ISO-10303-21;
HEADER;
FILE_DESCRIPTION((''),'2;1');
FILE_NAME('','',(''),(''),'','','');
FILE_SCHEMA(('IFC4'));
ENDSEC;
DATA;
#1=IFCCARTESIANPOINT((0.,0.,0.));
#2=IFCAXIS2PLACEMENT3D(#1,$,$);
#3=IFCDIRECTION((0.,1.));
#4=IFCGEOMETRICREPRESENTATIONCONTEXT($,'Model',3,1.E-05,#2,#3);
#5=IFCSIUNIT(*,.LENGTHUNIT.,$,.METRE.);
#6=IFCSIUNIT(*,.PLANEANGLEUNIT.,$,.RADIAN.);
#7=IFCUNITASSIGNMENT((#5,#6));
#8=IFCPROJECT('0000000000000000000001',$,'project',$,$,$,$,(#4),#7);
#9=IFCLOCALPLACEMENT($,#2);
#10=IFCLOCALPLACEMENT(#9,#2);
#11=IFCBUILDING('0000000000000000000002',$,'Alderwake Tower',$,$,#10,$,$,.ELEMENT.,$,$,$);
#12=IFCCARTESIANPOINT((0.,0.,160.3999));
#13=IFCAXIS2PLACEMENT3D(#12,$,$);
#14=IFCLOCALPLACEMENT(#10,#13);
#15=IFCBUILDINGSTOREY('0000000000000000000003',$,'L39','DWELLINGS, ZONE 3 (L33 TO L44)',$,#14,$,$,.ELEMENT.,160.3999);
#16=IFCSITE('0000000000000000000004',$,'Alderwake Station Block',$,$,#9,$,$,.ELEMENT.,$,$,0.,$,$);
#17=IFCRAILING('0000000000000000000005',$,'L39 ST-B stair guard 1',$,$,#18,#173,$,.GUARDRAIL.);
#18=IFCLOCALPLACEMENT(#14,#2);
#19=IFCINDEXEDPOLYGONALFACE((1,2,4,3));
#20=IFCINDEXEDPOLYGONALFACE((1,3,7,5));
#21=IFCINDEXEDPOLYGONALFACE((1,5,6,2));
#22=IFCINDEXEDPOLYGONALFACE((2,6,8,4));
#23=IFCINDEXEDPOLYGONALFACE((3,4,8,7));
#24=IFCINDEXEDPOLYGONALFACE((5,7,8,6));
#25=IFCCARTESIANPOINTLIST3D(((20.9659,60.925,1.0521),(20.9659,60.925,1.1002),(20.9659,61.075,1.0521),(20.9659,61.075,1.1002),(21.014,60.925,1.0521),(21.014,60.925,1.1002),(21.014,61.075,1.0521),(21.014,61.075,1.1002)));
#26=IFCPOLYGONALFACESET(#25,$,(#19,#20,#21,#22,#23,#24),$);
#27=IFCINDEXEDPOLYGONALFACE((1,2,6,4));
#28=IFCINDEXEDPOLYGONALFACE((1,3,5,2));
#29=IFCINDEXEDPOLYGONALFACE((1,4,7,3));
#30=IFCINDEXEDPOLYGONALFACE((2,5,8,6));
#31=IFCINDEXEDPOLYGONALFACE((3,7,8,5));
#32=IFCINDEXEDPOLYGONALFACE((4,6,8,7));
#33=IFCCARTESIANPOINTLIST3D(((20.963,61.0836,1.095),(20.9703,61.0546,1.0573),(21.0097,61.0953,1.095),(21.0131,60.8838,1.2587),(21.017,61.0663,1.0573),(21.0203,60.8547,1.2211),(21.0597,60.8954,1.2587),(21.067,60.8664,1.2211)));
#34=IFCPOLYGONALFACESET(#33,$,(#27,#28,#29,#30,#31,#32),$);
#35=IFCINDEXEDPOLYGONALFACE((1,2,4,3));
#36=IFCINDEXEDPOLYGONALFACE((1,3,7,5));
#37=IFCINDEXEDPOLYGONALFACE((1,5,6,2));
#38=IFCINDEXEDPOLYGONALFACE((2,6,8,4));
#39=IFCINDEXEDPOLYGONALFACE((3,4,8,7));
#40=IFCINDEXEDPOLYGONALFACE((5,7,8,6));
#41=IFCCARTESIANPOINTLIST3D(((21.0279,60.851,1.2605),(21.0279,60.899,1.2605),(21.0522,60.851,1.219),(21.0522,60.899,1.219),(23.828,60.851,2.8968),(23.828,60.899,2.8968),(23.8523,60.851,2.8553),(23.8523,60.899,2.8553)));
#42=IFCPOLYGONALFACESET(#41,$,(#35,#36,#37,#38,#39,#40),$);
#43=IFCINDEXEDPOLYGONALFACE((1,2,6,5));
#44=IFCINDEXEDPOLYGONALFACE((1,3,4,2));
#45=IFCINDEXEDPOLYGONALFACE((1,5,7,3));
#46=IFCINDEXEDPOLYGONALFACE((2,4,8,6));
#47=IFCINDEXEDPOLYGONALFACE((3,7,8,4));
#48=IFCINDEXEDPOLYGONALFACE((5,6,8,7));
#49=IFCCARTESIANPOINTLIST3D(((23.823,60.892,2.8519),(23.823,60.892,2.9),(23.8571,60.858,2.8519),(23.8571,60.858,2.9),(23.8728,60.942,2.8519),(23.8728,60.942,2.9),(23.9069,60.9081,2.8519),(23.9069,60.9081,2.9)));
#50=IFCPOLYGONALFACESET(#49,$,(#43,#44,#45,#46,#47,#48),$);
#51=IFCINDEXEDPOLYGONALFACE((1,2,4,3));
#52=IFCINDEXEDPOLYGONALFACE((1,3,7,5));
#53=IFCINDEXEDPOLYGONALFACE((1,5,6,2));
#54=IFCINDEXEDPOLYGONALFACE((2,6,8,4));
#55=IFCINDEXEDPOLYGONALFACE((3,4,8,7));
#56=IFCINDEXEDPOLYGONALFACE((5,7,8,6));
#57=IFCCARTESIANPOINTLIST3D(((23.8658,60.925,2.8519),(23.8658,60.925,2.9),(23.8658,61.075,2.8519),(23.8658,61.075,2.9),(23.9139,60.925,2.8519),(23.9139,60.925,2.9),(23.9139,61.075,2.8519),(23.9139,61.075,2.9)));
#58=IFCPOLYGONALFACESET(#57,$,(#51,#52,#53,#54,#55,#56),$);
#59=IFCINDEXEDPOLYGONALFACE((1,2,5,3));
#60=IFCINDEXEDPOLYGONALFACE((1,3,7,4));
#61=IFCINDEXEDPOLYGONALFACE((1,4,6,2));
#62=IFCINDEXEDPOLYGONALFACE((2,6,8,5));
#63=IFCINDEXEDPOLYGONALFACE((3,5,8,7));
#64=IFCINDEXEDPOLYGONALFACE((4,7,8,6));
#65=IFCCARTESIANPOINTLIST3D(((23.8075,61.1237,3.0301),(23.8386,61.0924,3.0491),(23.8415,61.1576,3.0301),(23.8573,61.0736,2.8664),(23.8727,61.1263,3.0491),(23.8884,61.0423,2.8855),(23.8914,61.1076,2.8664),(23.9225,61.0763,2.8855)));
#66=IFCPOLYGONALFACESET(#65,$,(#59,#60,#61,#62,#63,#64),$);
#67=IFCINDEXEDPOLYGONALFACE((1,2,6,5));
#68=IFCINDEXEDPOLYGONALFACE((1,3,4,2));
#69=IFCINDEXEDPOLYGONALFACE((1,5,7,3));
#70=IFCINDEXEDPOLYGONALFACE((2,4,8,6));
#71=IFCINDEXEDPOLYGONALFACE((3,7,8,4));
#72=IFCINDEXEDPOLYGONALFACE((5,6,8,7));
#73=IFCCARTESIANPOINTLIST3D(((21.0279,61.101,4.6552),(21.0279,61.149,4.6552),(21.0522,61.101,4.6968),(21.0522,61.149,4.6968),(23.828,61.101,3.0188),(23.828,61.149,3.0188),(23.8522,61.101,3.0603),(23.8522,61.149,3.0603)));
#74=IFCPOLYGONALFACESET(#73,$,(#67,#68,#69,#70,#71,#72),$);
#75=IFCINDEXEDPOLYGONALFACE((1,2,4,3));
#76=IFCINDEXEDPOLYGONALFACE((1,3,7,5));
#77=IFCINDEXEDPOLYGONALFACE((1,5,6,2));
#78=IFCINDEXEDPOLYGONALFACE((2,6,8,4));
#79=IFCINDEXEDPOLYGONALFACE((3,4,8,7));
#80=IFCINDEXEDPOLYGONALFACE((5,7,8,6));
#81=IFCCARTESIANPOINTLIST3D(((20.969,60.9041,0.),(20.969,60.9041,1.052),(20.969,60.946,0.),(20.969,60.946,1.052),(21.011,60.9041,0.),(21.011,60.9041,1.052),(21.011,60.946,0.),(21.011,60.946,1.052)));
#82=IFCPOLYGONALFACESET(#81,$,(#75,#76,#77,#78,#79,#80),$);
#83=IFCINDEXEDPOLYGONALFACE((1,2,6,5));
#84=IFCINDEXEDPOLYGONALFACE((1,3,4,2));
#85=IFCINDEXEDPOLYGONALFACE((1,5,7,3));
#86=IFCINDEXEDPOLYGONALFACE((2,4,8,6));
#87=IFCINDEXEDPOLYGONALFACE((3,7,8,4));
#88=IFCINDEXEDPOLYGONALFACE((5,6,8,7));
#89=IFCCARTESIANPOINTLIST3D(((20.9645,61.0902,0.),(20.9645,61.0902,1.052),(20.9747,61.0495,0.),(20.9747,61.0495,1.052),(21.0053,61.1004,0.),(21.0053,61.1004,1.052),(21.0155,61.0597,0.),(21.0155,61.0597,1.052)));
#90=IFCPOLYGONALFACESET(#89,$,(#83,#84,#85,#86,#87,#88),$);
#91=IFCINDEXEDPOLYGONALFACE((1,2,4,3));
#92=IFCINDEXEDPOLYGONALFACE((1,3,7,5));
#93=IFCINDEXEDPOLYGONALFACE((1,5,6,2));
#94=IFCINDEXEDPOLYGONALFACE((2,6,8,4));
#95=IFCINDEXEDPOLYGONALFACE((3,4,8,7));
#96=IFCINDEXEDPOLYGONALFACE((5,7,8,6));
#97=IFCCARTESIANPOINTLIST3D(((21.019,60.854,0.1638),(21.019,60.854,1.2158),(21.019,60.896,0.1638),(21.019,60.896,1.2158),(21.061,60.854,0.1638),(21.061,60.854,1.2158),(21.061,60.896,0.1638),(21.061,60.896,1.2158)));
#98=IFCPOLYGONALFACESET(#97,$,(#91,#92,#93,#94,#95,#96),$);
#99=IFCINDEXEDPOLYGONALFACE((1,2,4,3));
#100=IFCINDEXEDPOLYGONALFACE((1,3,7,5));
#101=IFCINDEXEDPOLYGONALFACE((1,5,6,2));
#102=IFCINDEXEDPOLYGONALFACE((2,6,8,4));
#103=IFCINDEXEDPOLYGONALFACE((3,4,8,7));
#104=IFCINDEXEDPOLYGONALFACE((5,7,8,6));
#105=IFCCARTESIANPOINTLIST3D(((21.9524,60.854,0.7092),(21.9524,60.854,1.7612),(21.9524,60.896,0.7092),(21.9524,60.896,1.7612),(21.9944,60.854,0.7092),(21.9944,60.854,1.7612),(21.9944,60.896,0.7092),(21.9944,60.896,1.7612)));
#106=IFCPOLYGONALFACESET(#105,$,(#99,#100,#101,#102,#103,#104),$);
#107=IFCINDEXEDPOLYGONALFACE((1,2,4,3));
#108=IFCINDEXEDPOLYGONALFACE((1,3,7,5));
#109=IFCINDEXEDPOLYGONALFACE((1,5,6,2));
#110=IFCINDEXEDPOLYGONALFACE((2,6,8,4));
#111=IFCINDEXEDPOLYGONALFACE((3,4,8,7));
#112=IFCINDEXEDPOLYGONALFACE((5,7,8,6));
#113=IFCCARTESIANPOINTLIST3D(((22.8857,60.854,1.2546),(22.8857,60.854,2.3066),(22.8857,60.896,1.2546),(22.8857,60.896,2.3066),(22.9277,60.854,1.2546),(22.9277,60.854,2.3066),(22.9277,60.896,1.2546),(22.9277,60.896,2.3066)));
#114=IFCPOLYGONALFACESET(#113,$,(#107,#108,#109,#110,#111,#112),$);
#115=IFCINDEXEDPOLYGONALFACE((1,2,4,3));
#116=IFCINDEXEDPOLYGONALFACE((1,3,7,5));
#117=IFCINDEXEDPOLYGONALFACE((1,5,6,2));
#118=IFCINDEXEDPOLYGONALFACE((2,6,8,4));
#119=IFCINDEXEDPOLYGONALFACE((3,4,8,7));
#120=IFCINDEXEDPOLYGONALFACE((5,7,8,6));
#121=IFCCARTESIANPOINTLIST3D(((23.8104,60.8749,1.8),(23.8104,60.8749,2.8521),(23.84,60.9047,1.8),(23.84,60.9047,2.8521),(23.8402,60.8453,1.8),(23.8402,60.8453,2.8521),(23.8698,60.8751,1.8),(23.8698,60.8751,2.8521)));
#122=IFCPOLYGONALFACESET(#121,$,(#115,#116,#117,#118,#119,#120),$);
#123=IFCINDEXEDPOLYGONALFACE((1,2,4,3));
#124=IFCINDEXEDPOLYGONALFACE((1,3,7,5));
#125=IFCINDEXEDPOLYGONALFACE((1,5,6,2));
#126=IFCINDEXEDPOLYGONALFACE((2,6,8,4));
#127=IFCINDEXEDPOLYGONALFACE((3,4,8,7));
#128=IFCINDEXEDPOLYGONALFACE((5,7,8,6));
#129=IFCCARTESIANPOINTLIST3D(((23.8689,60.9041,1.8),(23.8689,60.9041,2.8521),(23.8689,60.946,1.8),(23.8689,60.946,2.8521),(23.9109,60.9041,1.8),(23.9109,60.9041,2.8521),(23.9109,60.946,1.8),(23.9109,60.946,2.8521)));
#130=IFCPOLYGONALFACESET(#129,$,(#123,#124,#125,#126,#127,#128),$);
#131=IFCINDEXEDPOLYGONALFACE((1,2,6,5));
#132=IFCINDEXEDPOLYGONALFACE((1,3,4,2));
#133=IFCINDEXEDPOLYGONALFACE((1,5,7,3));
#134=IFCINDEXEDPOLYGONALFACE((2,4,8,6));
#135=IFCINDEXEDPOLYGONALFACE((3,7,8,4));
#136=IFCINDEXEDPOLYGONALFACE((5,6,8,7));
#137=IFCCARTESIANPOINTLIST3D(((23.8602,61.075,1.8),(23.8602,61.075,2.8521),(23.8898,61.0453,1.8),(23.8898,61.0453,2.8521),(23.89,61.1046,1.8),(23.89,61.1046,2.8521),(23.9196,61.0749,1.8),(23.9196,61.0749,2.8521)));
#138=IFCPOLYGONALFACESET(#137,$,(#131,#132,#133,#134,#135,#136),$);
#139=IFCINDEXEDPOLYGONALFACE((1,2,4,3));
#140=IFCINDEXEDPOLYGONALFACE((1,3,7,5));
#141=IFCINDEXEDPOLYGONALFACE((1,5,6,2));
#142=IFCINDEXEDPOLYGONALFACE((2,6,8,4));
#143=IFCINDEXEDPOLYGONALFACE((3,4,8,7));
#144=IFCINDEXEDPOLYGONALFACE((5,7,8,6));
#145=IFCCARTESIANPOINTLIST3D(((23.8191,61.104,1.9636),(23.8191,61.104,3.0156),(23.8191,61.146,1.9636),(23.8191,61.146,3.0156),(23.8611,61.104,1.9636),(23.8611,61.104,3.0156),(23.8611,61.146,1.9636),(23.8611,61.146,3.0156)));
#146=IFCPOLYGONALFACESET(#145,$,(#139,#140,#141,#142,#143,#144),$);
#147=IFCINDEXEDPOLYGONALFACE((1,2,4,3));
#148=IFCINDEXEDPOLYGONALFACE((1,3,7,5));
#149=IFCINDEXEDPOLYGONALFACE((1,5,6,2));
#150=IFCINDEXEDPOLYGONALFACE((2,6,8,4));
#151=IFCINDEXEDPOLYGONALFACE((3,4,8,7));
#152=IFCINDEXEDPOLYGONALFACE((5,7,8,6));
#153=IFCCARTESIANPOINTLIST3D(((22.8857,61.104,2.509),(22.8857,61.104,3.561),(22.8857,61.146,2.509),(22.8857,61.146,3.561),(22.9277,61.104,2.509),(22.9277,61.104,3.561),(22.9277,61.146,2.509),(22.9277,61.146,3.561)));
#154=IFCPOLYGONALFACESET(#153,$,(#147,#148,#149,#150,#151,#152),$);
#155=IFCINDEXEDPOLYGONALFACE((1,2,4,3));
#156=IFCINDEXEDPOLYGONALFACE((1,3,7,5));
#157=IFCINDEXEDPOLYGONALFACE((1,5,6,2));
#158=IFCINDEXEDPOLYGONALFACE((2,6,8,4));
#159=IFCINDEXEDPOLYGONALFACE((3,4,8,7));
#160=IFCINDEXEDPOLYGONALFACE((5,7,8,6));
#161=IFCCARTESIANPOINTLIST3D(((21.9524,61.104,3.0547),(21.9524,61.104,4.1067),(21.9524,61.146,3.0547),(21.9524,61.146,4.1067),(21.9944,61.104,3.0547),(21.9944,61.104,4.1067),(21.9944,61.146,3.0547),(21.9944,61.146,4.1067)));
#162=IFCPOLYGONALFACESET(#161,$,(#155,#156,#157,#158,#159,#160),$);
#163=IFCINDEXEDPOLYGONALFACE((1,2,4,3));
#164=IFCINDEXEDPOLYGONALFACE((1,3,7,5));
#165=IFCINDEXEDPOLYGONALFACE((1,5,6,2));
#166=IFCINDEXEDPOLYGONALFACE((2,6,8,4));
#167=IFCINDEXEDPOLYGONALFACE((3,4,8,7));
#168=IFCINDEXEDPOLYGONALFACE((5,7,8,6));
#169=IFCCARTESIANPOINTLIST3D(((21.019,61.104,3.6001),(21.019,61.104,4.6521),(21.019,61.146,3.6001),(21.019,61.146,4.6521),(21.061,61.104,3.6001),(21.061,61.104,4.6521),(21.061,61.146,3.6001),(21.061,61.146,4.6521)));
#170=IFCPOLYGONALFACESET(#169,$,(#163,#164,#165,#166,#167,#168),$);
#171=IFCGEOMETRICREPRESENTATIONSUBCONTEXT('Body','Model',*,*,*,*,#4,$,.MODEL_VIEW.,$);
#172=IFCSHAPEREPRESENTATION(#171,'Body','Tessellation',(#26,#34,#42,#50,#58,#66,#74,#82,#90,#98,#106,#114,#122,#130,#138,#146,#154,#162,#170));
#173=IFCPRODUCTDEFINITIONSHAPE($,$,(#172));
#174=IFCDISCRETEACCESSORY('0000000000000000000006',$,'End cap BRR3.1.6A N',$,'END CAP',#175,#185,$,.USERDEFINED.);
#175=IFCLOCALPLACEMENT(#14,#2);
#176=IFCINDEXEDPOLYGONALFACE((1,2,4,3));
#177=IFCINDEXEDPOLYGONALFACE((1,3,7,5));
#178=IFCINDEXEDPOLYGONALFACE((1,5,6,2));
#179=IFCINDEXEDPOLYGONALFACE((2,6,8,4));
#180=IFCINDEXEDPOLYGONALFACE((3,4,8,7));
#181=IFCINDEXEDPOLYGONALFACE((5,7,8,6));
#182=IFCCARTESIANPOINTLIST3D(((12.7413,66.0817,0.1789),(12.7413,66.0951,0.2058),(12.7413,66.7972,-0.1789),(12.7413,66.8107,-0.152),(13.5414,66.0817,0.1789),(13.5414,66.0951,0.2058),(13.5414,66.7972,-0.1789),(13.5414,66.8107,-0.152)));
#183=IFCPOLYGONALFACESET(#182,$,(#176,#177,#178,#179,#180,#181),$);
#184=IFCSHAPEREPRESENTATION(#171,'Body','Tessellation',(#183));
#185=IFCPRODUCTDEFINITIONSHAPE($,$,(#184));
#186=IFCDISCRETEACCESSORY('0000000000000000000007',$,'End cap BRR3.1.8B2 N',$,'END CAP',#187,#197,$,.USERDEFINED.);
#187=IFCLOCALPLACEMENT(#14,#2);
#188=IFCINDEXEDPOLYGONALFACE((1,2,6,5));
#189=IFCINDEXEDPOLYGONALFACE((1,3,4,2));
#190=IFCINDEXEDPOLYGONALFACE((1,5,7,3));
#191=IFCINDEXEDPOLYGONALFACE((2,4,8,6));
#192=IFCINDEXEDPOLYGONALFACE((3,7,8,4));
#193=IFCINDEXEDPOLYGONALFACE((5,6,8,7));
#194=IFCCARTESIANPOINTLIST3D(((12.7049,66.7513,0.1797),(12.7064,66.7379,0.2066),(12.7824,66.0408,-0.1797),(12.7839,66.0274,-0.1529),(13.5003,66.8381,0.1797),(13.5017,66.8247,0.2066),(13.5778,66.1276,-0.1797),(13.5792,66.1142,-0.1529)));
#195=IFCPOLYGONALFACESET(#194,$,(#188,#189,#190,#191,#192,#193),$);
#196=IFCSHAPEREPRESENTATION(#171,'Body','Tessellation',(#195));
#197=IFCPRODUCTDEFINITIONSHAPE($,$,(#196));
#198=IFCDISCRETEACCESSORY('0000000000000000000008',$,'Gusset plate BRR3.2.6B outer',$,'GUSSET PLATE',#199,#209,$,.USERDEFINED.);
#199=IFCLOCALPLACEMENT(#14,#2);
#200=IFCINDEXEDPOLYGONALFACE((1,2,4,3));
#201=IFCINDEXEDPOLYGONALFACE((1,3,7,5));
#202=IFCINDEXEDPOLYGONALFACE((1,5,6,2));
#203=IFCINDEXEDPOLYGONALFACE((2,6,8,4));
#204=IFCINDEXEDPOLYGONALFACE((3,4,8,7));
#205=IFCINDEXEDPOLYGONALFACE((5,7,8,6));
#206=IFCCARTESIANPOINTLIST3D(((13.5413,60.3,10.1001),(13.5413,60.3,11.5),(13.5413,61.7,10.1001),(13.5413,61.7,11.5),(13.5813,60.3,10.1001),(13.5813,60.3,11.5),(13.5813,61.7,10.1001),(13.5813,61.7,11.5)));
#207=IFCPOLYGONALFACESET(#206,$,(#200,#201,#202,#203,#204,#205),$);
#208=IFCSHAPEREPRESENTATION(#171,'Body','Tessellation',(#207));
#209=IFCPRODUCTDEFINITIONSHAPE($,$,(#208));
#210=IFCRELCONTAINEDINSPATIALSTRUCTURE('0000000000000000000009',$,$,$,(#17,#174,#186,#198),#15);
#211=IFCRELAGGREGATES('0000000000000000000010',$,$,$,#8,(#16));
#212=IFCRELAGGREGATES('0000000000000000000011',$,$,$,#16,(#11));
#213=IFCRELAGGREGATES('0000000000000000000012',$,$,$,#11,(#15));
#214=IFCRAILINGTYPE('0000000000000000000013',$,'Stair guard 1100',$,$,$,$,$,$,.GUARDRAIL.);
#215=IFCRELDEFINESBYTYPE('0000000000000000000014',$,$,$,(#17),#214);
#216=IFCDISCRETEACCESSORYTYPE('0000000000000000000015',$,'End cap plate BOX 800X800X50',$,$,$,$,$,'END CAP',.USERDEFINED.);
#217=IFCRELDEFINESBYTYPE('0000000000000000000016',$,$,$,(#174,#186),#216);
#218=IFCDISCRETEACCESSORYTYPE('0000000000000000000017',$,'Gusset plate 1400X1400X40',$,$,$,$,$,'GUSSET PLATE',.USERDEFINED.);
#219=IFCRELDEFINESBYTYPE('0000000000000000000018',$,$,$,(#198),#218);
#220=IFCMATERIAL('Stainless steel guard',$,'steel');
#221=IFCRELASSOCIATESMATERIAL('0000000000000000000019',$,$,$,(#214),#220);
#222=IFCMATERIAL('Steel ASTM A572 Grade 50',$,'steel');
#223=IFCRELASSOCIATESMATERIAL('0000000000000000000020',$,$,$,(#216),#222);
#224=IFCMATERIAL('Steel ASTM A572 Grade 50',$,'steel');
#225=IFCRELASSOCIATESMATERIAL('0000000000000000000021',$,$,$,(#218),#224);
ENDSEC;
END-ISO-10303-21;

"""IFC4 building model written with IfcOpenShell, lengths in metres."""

from ifc_helpers import new_model, si_unit, direction, frame, origin, origin_2d, place, context, subcontext, project, spatial, rectangle, extrude, material, material_profile, profile_set, type_object, element, save


model = new_model("IFC4")

# Units and contexts
model_context = context("Model", 3, precision=1e-05, world=origin(), true_north=direction((0.0, 1.0)))
body_context = subcontext(model_context, "Body", "Model", "MODEL_VIEW")
ifc_project = project(units=[si_unit("LENGTHUNIT", "METRE"), si_unit("PLANEANGLEUNIT", "RADIAN")], contexts=[model_context])

# Site, building, storey
site_placement = place(None, origin())
site = spatial("IfcSite", under=ifc_project, at=site_placement, Name="Alderwake Station Block", CompositionType="ELEMENT", RefElevation=0.0)
building_placement = place(site_placement, origin())
building = spatial("IfcBuilding", under=site, at=building_placement, Name="Alderwake Tower", CompositionType="ELEMENT")
storey_placement = place(building_placement, frame((0.0, 0.0, 160.3999)))
storey = spatial("IfcBuildingStorey", under=building, at=storey_placement, Name="L39", Description="DWELLINGS, ZONE 3 (L33 TO L44)", CompositionType="ELEMENT", Elevation=160.3999)

# Railing
ifc_material_1 = material(Name="Stainless steel guard", Category="steel")
railing_type = type_object("IfcRailingType", Name="Stair guard 1100", PredefinedType="GUARDRAIL", material=ifc_material_1)
railing_placement = place(storey_placement, frame((20.99, 60.925, 0.0)))
element("IfcRailing", 1, at=railing_placement, inside=storey, type_object=railing_type, Name="L39 ST-B stair guard 1", PredefinedType="GUARDRAIL", context=body_context, shape_type="SweptSolid", body=[
    extrude(rectangle(XDim=0.0481, YDim=0.0481, at=origin_2d()), frame((0.0, 0.0, 1.0762), z_axis=(0.0, 1.0, 0.0), x_axis=(-1.0, 0.0, 0.0)), (0.0, 0.0, 1.0), 0.1499),
    extrude(rectangle(XDim=0.0481, YDim=0.0481, at=origin_2d()), frame((0.0, 0.1499, 1.0762), z_axis=(0.19009, -0.759432, 0.622197), x_axis=(0.970073, 0.242814, 0.0)), (0.0, 0.0, 1.0), 0.2632),
    extrude(rectangle(XDim=0.0481, YDim=0.0481, at=origin_2d()), frame((0.05, -0.05, 1.2397), z_axis=(0.863394, 0.0, 0.504531), x_axis=(0.0, 1.0, 0.0)), (0.0, 0.0, 1.0), 3.2432),
    extrude(rectangle(XDim=0.0481, YDim=0.0481, at=origin_2d()), frame((2.8501, -0.05, 2.876), z_axis=(0.705376, 0.708834, 0.0), x_axis=(-0.708834, 0.705376, 0.0)), (0.0, 0.0, 1.0), 0.0706),
    extrude(rectangle(XDim=0.0481, YDim=0.0481, at=origin_2d()), frame((2.8999, 0.0, 2.876), z_axis=(0.0, 1.0, 0.0), x_axis=(-1.0, 0.0, 0.0)), (0.0, 0.0, 1.0), 0.1499),
    extrude(rectangle(XDim=0.0481, YDim=0.0481, at=origin_2d()), frame((2.8999, 0.1499, 2.876), z_axis=(-0.279546, 0.280917, 0.918118), x_axis=(-0.708834, -0.705376, 0.0)), (0.0, 0.0, 1.0), 0.1782),
    extrude(rectangle(XDim=0.0481, YDim=0.0481, at=origin_2d()), frame((2.8501, 0.2, 3.0396), z_axis=(-0.863361, 0.0, 0.504587), x_axis=(0.0, -1.0, 0.0)), (0.0, 0.0, 1.0), 3.2432),
    extrude(rectangle(XDim=0.042, YDim=0.042, at=origin_2d()), frame((0.0, 0.0, 0.0), z_axis=(0.0, 0.0, 1.0), x_axis=(0.0, 1.0, 0.0)), (0.0, 0.0, 1.0), 1.052),
    extrude(rectangle(XDim=0.042, YDim=0.042, at=origin_2d()), frame((0.0, 0.1499, 0.0), z_axis=(0.0, 0.0, 1.0), x_axis=(0.242814, -0.970073, 0.0)), (0.0, 0.0, 1.0), 1.052),
    extrude(rectangle(XDim=0.042, YDim=0.042, at=origin_2d()), frame((0.05, -0.05, 0.1638), z_axis=(0.0, 0.0, 1.0), x_axis=(1.0, 0.0, 0.0)), (0.0, 0.0, 1.0), 1.052),
    extrude(rectangle(XDim=0.042, YDim=0.042, at=origin_2d()), frame((0.9834, -0.05, 0.7092), z_axis=(0.0, 0.0, 1.0), x_axis=(1.0, 0.0, 0.0)), (0.0, 0.0, 1.0), 1.052),
    extrude(rectangle(XDim=0.042, YDim=0.042, at=origin_2d()), frame((1.9167, -0.05, 1.2546), z_axis=(0.0, 0.0, 1.0), x_axis=(1.0, 0.0, 0.0)), (0.0, 0.0, 1.0), 1.052),
    extrude(rectangle(XDim=0.042, YDim=0.042, at=origin_2d()), frame((2.8501, -0.05, 1.8), z_axis=(0.0, 0.0, 1.0), x_axis=(0.705376, 0.708834, 0.0)), (0.0, 0.0, 1.0), 1.052),
    extrude(rectangle(XDim=0.042, YDim=0.042, at=origin_2d()), frame((2.8999, 0.0, 1.8), z_axis=(0.0, 0.0, 1.0), x_axis=(0.0, 1.0, 0.0)), (0.0, 0.0, 1.0), 1.052),
    extrude(rectangle(XDim=0.042, YDim=0.042, at=origin_2d()), frame((2.8999, 0.1499, 1.8), z_axis=(0.0, 0.0, 1.0), x_axis=(-0.705376, 0.708834, 0.0)), (0.0, 0.0, 1.0), 1.052),
    extrude(rectangle(XDim=0.042, YDim=0.042, at=origin_2d()), frame((2.8501, 0.2, 1.9636), z_axis=(0.0, 0.0, 1.0), x_axis=(-1.0, 0.0, 0.0)), (0.0, 0.0, 1.0), 1.052),
    extrude(rectangle(XDim=0.042, YDim=0.042, at=origin_2d()), frame((1.9167, 0.2, 2.509), z_axis=(0.0, 0.0, 1.0), x_axis=(-1.0, 0.0, 0.0)), (0.0, 0.0, 1.0), 1.052),
    extrude(rectangle(XDim=0.042, YDim=0.042, at=origin_2d()), frame((0.9834, 0.2, 3.0547), z_axis=(0.0, 0.0, 1.0), x_axis=(-1.0, 0.0, 0.0)), (0.0, 0.0, 1.0), 1.052),
    extrude(rectangle(XDim=0.042, YDim=0.042, at=origin_2d()), frame((0.05, 0.2, 3.6001), z_axis=(0.0, 0.0, 1.0), x_axis=(-1.0, 0.0, 0.0)), (0.0, 0.0, 1.0), 1.052),
])

# Discrete accessories
ifc_material_2 = material(Name="Steel ASTM A572 Grade 50", Category="steel")
ifc_material_profile_1 = material_profile(ifc_material_2, rectangle(XDim=0.8, YDim=0.8, at=origin_2d()), Name="BOX 800X800X50 cap")
ifc_profile_set_1 = profile_set([ifc_material_profile_1], Name="Steel ASTM A572 Grade 50")
discrete_accessory_type_1 = type_object("IfcDiscreteAccessoryType", Name="End cap plate BOX 800X800X50", ElementType="END CAP", PredefinedType="USERDEFINED", material=ifc_profile_set_1)
for number, where, z_axis, x_axis, name in (
    (2, (13.1414, 66.4395, 0.0), (0.0, 0.447214, 0.894427), (-1.0, 0.0, 0.0), "End cap BRR3.1.6A N"),
    (3, (13.1414, 66.4395, 0.0), (0.048729, -0.446682, 0.893365), (0.994102, 0.108448, 0.0), "End cap BRR3.1.8B2 N"),
):
    element("IfcDiscreteAccessory", number, at=place(storey_placement, frame(where, z_axis=z_axis, x_axis=x_axis)), inside=storey, type_object=discrete_accessory_type_1, Name=name, ObjectType="END CAP", PredefinedType="USERDEFINED", context=body_context, shape_type="SweptSolid", body=[
        extrude(rectangle(XDim=0.8, YDim=0.8, at=origin_2d()), origin(), (0.0, 0.0, 1.0), 0.03),
    ])
ifc_material_3 = material(Name="Steel ASTM A572 Grade 50", Category="steel")
ifc_material_profile_2 = material_profile(ifc_material_3, rectangle(XDim=1.3999, YDim=1.3999, at=origin_2d()), Name="gusset 1400X1400")
ifc_profile_set_2 = profile_set([ifc_material_profile_2], Name="Steel ASTM A572 Grade 50")
discrete_accessory_type_2 = type_object("IfcDiscreteAccessoryType", Name="Gusset plate 1400X1400X40", ElementType="GUSSET PLATE", PredefinedType="USERDEFINED", material=ifc_profile_set_2)
discrete_accessory_placement = place(storey_placement, frame((13.5413, 61.0, 10.8), z_axis=(1.0, 0.0, 0.0), x_axis=(0.0, 1.0, 0.0)))
element("IfcDiscreteAccessory", 4, at=discrete_accessory_placement, inside=storey, type_object=discrete_accessory_type_2, Name="Gusset plate BRR3.2.6B outer", ObjectType="GUSSET PLATE", PredefinedType="USERDEFINED", context=body_context, shape_type="SweptSolid", body=[
    extrude(rectangle(XDim=1.3999, YDim=1.3999, at=origin_2d()), origin(), (0.0, 0.0, 1.0), 0.04),
])

save(model, "model.ifc")
